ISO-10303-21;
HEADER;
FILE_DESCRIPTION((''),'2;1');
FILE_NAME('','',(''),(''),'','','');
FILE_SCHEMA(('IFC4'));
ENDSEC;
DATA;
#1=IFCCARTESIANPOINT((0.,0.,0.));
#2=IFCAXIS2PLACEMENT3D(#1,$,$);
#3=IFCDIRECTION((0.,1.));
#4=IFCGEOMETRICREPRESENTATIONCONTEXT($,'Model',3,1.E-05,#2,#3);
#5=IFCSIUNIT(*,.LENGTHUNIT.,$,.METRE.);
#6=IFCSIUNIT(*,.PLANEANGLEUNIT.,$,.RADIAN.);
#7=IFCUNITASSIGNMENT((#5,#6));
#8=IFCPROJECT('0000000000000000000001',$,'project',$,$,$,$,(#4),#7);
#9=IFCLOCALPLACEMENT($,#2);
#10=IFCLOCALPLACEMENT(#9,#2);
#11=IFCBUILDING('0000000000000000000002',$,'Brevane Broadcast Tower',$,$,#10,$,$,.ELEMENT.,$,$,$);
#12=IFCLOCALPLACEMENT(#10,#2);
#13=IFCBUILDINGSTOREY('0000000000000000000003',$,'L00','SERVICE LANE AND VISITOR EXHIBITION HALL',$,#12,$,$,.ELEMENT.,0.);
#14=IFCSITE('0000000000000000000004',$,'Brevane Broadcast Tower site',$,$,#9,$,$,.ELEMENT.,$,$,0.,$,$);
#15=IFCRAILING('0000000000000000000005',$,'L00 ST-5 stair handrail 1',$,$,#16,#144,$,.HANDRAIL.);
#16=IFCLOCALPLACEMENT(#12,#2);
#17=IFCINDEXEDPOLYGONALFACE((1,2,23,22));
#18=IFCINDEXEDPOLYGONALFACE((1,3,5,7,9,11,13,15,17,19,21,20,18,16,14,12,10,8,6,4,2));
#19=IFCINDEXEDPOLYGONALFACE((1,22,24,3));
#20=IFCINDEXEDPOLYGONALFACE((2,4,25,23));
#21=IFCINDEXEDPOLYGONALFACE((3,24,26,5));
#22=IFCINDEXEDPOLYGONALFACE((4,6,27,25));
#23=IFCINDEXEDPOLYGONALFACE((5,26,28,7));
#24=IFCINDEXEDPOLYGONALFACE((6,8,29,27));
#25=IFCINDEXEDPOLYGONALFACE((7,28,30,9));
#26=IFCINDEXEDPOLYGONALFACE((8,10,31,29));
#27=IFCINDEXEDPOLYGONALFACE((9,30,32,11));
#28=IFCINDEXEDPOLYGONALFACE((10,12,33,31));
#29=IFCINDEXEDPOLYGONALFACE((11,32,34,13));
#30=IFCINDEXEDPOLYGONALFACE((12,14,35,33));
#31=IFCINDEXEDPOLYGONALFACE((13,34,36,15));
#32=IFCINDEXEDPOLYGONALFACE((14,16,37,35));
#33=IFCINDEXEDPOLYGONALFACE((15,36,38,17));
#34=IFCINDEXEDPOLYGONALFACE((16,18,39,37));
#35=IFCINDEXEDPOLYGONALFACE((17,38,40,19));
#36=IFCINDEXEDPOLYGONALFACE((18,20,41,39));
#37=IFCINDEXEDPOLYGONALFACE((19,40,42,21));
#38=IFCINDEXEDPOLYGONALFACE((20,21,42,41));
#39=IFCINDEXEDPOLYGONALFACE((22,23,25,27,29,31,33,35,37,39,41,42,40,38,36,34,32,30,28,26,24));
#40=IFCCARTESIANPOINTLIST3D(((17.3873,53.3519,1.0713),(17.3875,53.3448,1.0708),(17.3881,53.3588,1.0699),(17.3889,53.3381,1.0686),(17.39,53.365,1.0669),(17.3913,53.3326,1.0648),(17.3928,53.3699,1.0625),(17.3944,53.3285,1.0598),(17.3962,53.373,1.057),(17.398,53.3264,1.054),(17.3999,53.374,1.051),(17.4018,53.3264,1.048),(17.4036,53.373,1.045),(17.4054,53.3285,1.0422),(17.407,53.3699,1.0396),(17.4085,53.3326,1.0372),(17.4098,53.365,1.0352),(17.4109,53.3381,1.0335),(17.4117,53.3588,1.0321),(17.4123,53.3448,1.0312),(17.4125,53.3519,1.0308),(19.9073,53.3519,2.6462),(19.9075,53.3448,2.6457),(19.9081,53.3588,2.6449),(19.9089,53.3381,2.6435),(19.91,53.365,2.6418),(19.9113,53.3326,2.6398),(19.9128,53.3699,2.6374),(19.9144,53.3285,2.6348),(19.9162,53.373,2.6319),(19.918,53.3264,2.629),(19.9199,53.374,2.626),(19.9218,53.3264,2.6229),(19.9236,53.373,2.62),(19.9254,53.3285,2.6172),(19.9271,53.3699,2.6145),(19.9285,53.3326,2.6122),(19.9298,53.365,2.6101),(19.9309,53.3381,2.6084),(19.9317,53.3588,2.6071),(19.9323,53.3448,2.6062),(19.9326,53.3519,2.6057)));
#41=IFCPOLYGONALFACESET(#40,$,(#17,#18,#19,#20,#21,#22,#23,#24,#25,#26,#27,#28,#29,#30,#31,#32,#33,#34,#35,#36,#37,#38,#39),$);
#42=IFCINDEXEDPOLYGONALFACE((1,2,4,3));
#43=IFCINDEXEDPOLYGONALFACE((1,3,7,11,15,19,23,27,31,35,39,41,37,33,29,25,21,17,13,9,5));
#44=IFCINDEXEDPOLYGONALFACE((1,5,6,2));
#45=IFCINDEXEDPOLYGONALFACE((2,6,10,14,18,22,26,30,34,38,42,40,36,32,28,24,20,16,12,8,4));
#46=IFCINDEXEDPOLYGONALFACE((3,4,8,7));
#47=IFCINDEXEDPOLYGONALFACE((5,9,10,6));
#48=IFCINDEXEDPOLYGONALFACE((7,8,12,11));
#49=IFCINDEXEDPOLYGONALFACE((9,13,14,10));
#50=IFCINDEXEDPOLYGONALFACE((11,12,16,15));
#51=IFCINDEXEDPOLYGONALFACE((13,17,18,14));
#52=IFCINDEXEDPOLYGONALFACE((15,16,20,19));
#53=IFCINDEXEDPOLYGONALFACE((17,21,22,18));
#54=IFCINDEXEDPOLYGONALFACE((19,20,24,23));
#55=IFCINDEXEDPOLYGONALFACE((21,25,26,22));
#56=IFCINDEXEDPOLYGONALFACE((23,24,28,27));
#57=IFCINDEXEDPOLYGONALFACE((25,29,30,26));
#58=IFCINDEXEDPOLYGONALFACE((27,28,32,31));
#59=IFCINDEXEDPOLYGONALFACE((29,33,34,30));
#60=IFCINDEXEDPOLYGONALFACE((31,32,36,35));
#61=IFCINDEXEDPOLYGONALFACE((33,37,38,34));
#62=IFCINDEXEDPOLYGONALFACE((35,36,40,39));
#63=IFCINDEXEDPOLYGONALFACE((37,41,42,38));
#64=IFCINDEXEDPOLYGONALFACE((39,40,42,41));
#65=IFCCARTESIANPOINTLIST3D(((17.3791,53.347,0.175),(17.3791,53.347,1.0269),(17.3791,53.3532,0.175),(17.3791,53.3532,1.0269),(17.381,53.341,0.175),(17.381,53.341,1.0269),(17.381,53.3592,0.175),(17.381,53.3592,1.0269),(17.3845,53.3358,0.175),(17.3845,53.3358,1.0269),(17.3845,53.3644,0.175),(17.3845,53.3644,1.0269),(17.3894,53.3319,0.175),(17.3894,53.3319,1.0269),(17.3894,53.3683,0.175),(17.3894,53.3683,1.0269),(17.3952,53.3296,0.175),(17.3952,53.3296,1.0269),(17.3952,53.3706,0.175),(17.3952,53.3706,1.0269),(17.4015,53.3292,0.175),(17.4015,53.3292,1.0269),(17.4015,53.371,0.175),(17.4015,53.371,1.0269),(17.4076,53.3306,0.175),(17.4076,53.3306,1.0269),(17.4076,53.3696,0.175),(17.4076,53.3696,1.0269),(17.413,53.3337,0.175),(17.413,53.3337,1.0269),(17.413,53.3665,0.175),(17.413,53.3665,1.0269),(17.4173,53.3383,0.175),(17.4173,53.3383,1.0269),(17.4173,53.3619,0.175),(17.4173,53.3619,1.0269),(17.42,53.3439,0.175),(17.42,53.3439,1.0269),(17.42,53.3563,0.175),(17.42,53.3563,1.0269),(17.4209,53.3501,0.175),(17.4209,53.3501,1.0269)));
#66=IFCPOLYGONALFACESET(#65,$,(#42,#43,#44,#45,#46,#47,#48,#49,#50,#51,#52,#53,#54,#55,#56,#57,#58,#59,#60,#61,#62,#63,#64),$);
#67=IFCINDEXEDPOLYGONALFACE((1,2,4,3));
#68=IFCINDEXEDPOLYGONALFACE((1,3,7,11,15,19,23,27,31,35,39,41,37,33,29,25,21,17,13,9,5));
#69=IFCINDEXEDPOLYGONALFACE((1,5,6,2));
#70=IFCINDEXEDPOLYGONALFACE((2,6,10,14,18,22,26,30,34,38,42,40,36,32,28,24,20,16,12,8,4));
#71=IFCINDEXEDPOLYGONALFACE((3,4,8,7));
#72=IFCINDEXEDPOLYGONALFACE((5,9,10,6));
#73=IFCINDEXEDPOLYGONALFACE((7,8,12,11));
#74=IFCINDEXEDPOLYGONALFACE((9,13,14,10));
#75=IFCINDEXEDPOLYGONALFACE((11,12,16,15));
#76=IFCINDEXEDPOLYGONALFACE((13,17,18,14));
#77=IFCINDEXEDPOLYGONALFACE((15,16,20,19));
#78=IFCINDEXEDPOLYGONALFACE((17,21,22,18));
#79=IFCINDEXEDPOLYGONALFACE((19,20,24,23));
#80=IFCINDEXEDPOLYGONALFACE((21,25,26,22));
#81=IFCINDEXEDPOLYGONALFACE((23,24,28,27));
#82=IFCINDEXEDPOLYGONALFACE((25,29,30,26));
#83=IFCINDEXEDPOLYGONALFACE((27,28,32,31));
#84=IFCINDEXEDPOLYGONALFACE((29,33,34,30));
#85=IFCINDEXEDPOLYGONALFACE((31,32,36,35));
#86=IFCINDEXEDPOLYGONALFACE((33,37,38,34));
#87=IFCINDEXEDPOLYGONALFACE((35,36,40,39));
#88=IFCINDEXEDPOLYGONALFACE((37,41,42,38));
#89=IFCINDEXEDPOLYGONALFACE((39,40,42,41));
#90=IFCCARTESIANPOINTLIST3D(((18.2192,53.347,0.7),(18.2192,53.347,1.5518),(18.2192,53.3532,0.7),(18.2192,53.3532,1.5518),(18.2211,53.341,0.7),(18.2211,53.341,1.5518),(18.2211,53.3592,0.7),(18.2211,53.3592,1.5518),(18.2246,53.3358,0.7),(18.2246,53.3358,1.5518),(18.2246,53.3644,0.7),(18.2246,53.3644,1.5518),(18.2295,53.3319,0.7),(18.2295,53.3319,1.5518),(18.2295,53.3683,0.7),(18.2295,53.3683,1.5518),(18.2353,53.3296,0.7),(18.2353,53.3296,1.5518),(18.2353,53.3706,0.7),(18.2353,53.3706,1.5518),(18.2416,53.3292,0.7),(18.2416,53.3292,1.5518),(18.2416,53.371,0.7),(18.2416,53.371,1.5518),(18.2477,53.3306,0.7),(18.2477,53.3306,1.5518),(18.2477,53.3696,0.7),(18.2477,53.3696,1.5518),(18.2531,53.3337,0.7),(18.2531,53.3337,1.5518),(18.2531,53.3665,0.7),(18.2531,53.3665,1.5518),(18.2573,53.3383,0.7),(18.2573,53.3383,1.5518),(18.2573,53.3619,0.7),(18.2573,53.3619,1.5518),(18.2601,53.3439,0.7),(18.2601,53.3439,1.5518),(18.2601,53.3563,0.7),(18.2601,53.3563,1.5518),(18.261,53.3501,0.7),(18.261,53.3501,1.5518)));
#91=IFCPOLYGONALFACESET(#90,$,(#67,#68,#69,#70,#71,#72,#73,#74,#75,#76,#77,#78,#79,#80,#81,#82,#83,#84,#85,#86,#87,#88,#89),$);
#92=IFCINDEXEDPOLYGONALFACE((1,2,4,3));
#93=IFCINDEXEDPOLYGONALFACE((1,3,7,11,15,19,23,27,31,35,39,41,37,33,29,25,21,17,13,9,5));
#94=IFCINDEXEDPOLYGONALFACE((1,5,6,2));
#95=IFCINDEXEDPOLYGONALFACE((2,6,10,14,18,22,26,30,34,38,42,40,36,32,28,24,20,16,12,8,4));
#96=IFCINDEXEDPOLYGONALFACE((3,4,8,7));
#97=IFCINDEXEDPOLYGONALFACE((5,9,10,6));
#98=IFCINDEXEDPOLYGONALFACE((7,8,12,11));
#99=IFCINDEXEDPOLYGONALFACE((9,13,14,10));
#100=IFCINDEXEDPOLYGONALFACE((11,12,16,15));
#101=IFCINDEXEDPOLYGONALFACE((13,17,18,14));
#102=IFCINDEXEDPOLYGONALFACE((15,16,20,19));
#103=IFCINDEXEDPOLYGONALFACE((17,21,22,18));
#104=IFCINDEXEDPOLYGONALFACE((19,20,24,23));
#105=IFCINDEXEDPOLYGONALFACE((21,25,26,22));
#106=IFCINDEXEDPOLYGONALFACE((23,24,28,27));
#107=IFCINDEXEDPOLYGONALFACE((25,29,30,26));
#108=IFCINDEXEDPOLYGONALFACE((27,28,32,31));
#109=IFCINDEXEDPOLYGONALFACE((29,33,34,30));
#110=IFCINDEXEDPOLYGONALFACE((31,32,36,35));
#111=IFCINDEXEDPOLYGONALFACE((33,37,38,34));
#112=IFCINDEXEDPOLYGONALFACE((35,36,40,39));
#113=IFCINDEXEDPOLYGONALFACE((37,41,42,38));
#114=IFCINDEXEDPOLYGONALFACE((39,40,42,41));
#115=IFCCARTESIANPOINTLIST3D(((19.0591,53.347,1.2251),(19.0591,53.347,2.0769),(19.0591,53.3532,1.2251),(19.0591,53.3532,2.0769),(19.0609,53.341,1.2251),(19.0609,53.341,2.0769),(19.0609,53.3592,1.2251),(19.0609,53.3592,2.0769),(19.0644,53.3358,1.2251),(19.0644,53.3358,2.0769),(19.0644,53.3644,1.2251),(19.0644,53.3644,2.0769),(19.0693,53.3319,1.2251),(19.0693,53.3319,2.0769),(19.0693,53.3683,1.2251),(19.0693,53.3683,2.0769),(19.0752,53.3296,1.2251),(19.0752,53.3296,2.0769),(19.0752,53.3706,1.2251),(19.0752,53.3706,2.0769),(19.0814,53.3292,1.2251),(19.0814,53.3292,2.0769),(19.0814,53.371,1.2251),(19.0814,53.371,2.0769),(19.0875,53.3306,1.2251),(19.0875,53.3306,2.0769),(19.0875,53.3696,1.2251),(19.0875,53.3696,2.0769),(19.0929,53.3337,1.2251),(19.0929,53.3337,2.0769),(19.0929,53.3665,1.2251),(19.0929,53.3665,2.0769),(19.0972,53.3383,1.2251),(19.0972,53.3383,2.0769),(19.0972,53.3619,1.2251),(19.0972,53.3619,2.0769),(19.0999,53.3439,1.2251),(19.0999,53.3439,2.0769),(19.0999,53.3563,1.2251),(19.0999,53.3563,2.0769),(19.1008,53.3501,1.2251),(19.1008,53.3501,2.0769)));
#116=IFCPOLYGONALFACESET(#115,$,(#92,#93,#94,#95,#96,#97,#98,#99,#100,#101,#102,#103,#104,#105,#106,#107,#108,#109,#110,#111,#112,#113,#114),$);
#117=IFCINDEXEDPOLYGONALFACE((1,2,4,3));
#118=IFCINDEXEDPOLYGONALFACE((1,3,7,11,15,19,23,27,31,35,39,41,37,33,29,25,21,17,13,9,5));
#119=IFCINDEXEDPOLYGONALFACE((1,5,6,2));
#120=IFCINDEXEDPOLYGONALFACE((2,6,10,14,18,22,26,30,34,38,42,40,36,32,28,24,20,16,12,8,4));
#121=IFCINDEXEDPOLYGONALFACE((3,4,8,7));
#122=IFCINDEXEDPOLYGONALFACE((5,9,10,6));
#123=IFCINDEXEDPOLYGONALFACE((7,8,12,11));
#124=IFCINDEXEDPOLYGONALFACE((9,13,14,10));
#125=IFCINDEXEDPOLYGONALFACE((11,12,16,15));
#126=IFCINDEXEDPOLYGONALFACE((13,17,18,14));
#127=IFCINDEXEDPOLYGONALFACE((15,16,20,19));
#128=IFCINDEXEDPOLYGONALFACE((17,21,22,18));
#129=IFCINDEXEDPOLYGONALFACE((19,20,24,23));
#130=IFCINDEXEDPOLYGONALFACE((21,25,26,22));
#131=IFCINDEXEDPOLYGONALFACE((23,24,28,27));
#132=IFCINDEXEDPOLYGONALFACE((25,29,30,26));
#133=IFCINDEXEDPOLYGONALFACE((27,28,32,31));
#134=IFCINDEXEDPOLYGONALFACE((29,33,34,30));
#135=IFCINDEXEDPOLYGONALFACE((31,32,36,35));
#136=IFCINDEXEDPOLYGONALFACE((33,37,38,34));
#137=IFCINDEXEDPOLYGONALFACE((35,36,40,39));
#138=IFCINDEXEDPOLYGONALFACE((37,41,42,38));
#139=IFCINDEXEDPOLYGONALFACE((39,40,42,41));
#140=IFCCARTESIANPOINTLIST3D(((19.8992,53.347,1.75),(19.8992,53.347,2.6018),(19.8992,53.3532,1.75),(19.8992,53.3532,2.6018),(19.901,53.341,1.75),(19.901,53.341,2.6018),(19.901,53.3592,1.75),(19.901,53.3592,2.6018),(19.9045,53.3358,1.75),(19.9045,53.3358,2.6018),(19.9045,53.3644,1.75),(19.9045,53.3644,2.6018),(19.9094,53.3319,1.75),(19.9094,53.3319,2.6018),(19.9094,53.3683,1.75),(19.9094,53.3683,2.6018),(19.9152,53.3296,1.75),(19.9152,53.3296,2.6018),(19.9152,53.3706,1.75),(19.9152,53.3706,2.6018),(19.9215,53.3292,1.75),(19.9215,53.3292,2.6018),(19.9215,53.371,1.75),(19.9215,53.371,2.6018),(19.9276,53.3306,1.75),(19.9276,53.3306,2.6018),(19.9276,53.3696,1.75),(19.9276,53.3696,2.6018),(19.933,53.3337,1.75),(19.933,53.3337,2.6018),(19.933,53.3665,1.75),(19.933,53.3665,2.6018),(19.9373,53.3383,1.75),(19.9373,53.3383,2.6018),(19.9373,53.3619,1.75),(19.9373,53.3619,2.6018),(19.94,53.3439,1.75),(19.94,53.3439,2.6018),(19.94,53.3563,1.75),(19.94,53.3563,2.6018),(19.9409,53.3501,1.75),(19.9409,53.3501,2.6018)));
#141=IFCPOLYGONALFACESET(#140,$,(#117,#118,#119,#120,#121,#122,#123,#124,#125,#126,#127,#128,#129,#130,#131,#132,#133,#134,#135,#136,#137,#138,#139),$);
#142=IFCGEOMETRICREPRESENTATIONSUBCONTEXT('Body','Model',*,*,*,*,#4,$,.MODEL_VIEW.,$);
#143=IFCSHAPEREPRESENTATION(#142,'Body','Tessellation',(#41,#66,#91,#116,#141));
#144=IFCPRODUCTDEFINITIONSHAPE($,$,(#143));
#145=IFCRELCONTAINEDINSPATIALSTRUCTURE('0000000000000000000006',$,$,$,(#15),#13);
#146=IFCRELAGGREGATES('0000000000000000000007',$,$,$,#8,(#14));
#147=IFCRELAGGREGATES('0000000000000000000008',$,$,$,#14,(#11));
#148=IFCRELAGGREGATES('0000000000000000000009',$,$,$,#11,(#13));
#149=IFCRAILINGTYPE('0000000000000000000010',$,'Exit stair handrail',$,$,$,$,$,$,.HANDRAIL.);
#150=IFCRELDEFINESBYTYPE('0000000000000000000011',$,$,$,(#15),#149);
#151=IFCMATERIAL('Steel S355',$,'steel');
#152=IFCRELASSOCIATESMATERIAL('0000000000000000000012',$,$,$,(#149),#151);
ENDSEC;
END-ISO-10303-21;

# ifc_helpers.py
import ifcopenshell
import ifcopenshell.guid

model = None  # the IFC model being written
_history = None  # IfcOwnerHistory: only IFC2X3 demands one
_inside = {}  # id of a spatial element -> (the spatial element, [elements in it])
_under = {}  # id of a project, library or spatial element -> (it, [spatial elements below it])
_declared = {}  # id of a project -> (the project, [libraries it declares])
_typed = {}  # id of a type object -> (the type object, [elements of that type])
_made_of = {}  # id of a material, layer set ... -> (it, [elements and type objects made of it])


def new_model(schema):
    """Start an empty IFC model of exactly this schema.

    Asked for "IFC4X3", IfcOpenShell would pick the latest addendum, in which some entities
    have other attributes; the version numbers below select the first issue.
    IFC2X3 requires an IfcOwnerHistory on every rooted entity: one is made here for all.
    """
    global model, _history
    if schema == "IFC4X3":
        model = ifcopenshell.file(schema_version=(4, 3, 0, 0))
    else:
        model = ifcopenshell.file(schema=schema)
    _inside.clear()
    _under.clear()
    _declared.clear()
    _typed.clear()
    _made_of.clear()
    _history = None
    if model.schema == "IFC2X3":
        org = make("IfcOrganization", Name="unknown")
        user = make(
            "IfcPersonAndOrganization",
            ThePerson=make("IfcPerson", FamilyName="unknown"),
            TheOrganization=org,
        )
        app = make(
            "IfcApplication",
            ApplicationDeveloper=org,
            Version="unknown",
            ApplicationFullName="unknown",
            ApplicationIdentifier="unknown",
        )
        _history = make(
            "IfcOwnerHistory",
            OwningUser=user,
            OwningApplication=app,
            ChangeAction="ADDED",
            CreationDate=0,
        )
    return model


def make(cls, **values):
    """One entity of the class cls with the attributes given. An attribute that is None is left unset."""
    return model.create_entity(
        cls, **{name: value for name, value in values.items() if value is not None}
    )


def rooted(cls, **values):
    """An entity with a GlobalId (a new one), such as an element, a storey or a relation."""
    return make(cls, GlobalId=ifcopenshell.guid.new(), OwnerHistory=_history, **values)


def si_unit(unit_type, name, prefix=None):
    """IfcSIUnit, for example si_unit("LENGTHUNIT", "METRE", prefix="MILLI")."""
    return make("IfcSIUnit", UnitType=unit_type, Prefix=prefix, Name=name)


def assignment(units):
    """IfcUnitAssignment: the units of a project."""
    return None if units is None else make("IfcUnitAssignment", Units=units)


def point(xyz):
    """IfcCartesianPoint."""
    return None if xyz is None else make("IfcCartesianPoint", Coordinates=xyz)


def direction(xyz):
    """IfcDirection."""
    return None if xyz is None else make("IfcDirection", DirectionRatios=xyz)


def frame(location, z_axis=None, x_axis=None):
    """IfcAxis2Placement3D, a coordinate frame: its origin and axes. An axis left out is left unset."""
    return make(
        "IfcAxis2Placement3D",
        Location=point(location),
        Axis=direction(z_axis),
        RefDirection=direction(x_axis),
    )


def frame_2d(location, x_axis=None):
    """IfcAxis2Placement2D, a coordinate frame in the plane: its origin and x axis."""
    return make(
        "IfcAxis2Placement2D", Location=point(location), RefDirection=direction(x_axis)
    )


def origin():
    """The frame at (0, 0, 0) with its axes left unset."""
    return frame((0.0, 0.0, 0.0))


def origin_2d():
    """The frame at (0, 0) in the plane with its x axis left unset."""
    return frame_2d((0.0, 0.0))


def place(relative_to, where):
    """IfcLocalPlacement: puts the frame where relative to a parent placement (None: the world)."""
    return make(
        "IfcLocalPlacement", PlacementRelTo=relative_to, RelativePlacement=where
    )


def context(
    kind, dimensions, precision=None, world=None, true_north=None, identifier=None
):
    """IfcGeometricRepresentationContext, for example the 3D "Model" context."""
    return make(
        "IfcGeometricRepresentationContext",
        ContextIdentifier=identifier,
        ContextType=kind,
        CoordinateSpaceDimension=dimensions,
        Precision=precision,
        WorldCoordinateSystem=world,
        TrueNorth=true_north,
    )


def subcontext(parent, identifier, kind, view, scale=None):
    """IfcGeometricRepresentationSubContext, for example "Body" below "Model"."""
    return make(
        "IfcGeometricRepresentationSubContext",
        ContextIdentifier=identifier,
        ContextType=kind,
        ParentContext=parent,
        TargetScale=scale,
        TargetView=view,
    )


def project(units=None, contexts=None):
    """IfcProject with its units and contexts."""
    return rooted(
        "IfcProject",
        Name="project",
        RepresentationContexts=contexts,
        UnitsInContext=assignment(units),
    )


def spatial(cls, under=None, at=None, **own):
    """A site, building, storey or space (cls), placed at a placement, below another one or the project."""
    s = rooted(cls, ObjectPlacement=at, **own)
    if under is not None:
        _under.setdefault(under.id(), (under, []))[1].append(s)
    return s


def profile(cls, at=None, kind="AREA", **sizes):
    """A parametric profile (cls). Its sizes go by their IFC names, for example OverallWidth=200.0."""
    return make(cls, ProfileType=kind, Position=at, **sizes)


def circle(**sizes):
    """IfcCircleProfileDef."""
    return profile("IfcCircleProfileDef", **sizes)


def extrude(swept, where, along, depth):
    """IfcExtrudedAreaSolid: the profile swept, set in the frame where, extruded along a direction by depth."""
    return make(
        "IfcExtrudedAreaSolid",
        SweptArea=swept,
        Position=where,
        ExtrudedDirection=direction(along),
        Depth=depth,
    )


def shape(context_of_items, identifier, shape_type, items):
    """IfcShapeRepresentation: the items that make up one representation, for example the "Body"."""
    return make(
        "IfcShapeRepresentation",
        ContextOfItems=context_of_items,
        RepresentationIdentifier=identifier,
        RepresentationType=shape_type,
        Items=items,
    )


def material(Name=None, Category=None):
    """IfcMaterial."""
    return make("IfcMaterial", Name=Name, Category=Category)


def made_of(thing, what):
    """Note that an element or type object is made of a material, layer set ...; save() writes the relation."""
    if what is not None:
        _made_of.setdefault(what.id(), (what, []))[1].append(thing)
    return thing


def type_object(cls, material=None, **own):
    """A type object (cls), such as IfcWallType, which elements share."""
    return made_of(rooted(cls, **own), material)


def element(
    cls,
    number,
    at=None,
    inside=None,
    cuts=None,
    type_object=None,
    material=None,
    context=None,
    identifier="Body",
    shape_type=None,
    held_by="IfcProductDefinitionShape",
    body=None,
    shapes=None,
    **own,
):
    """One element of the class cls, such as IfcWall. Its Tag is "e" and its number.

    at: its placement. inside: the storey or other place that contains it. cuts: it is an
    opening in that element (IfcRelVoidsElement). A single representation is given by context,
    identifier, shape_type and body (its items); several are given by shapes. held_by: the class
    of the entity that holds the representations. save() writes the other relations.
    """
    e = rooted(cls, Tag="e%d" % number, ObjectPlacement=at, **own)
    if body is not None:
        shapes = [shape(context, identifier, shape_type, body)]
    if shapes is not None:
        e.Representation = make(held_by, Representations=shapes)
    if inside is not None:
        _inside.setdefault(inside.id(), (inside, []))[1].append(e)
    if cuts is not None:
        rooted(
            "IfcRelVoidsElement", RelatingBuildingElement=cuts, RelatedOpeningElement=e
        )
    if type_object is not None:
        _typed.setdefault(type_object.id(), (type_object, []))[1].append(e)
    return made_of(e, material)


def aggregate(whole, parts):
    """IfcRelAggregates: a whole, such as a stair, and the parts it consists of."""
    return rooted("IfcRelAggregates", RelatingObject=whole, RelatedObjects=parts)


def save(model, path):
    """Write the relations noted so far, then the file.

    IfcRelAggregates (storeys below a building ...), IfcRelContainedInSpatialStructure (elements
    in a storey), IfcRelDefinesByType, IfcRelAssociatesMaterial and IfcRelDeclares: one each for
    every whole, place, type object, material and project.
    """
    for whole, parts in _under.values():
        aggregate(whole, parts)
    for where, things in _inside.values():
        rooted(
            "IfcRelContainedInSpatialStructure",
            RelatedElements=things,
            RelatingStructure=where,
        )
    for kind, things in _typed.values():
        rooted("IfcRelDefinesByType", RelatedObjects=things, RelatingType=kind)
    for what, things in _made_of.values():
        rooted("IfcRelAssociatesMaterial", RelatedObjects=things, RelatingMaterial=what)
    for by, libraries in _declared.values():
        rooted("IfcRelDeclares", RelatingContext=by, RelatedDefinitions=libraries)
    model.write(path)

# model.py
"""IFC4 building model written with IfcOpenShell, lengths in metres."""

from ifc_helpers import new_model, si_unit, direction, frame, origin, origin_2d, place, context, subcontext, project, spatial, circle, extrude, material, type_object, element, save


model = new_model("IFC4")

# Units and contexts
model_context = context("Model", 3, precision=1e-05, world=origin(), true_north=direction((0.0, 1.0)))
body_context = subcontext(model_context, "Body", "Model", "MODEL_VIEW")
ifc_project = project(units=[si_unit("LENGTHUNIT", "METRE"), si_unit("PLANEANGLEUNIT", "RADIAN")], contexts=[model_context])

# Site, building, storey
site_placement = place(None, origin())
site = spatial("IfcSite", under=ifc_project, at=site_placement, Name="Brevane Broadcast Tower site", CompositionType="ELEMENT", RefElevation=0.0)
building_placement = place(site_placement, origin())
building = spatial("IfcBuilding", under=site, at=building_placement, Name="Brevane Broadcast Tower", CompositionType="ELEMENT")
storey_placement = place(building_placement, origin())
storey = spatial("IfcBuildingStorey", under=building, at=storey_placement, Name="L00", Description="SERVICE LANE AND VISITOR EXHIBITION HALL", CompositionType="ELEMENT", Elevation=0.0)

# Railing
ifc_material_1 = material(Name="Steel S355", Category="steel")
railing_type_1 = type_object("IfcRailingType", Name="Exit stair handrail", PredefinedType="HANDRAIL", material=ifc_material_1)
for number, where, name in (
    (1, (17.3999, 53.3501, 0.175), "L00 ST-5 stair handrail 1"),
):
    element("IfcRailing", number, at=place(storey_placement, frame(where)), inside=storey, type_object=railing_type_1, Name=name, PredefinedType="HANDRAIL", context=body_context, shape_type="SweptSolid", body=[
        extrude(circle(Radius=0.0239, at=origin_2d()), frame((0.0, 0.0, 0.876), z_axis=(0.848008, 0.0, 0.529984), x_axis=(0.0, 1.0, 0.0)), (0.0, 0.0, 1.0), 2.9717),
        extrude(circle(Radius=0.021, at=origin_2d()), origin(), (0.0, 0.0, 1.0), 0.8518),
        extrude(circle(Radius=0.021, at=origin_2d()), frame((0.8401, 0.0, 0.5249)), (0.0, 0.0, 1.0), 0.8518),
        extrude(circle(Radius=0.021, at=origin_2d()), frame((1.6799, 0.0, 1.05)), (0.0, 0.0, 1.0), 0.8518),
        extrude(circle(Radius=0.021, at=origin_2d()), frame((2.52, 0.0, 1.575)), (0.0, 0.0, 1.0), 0.8518),
    ])

save(model, "model.ifc")
